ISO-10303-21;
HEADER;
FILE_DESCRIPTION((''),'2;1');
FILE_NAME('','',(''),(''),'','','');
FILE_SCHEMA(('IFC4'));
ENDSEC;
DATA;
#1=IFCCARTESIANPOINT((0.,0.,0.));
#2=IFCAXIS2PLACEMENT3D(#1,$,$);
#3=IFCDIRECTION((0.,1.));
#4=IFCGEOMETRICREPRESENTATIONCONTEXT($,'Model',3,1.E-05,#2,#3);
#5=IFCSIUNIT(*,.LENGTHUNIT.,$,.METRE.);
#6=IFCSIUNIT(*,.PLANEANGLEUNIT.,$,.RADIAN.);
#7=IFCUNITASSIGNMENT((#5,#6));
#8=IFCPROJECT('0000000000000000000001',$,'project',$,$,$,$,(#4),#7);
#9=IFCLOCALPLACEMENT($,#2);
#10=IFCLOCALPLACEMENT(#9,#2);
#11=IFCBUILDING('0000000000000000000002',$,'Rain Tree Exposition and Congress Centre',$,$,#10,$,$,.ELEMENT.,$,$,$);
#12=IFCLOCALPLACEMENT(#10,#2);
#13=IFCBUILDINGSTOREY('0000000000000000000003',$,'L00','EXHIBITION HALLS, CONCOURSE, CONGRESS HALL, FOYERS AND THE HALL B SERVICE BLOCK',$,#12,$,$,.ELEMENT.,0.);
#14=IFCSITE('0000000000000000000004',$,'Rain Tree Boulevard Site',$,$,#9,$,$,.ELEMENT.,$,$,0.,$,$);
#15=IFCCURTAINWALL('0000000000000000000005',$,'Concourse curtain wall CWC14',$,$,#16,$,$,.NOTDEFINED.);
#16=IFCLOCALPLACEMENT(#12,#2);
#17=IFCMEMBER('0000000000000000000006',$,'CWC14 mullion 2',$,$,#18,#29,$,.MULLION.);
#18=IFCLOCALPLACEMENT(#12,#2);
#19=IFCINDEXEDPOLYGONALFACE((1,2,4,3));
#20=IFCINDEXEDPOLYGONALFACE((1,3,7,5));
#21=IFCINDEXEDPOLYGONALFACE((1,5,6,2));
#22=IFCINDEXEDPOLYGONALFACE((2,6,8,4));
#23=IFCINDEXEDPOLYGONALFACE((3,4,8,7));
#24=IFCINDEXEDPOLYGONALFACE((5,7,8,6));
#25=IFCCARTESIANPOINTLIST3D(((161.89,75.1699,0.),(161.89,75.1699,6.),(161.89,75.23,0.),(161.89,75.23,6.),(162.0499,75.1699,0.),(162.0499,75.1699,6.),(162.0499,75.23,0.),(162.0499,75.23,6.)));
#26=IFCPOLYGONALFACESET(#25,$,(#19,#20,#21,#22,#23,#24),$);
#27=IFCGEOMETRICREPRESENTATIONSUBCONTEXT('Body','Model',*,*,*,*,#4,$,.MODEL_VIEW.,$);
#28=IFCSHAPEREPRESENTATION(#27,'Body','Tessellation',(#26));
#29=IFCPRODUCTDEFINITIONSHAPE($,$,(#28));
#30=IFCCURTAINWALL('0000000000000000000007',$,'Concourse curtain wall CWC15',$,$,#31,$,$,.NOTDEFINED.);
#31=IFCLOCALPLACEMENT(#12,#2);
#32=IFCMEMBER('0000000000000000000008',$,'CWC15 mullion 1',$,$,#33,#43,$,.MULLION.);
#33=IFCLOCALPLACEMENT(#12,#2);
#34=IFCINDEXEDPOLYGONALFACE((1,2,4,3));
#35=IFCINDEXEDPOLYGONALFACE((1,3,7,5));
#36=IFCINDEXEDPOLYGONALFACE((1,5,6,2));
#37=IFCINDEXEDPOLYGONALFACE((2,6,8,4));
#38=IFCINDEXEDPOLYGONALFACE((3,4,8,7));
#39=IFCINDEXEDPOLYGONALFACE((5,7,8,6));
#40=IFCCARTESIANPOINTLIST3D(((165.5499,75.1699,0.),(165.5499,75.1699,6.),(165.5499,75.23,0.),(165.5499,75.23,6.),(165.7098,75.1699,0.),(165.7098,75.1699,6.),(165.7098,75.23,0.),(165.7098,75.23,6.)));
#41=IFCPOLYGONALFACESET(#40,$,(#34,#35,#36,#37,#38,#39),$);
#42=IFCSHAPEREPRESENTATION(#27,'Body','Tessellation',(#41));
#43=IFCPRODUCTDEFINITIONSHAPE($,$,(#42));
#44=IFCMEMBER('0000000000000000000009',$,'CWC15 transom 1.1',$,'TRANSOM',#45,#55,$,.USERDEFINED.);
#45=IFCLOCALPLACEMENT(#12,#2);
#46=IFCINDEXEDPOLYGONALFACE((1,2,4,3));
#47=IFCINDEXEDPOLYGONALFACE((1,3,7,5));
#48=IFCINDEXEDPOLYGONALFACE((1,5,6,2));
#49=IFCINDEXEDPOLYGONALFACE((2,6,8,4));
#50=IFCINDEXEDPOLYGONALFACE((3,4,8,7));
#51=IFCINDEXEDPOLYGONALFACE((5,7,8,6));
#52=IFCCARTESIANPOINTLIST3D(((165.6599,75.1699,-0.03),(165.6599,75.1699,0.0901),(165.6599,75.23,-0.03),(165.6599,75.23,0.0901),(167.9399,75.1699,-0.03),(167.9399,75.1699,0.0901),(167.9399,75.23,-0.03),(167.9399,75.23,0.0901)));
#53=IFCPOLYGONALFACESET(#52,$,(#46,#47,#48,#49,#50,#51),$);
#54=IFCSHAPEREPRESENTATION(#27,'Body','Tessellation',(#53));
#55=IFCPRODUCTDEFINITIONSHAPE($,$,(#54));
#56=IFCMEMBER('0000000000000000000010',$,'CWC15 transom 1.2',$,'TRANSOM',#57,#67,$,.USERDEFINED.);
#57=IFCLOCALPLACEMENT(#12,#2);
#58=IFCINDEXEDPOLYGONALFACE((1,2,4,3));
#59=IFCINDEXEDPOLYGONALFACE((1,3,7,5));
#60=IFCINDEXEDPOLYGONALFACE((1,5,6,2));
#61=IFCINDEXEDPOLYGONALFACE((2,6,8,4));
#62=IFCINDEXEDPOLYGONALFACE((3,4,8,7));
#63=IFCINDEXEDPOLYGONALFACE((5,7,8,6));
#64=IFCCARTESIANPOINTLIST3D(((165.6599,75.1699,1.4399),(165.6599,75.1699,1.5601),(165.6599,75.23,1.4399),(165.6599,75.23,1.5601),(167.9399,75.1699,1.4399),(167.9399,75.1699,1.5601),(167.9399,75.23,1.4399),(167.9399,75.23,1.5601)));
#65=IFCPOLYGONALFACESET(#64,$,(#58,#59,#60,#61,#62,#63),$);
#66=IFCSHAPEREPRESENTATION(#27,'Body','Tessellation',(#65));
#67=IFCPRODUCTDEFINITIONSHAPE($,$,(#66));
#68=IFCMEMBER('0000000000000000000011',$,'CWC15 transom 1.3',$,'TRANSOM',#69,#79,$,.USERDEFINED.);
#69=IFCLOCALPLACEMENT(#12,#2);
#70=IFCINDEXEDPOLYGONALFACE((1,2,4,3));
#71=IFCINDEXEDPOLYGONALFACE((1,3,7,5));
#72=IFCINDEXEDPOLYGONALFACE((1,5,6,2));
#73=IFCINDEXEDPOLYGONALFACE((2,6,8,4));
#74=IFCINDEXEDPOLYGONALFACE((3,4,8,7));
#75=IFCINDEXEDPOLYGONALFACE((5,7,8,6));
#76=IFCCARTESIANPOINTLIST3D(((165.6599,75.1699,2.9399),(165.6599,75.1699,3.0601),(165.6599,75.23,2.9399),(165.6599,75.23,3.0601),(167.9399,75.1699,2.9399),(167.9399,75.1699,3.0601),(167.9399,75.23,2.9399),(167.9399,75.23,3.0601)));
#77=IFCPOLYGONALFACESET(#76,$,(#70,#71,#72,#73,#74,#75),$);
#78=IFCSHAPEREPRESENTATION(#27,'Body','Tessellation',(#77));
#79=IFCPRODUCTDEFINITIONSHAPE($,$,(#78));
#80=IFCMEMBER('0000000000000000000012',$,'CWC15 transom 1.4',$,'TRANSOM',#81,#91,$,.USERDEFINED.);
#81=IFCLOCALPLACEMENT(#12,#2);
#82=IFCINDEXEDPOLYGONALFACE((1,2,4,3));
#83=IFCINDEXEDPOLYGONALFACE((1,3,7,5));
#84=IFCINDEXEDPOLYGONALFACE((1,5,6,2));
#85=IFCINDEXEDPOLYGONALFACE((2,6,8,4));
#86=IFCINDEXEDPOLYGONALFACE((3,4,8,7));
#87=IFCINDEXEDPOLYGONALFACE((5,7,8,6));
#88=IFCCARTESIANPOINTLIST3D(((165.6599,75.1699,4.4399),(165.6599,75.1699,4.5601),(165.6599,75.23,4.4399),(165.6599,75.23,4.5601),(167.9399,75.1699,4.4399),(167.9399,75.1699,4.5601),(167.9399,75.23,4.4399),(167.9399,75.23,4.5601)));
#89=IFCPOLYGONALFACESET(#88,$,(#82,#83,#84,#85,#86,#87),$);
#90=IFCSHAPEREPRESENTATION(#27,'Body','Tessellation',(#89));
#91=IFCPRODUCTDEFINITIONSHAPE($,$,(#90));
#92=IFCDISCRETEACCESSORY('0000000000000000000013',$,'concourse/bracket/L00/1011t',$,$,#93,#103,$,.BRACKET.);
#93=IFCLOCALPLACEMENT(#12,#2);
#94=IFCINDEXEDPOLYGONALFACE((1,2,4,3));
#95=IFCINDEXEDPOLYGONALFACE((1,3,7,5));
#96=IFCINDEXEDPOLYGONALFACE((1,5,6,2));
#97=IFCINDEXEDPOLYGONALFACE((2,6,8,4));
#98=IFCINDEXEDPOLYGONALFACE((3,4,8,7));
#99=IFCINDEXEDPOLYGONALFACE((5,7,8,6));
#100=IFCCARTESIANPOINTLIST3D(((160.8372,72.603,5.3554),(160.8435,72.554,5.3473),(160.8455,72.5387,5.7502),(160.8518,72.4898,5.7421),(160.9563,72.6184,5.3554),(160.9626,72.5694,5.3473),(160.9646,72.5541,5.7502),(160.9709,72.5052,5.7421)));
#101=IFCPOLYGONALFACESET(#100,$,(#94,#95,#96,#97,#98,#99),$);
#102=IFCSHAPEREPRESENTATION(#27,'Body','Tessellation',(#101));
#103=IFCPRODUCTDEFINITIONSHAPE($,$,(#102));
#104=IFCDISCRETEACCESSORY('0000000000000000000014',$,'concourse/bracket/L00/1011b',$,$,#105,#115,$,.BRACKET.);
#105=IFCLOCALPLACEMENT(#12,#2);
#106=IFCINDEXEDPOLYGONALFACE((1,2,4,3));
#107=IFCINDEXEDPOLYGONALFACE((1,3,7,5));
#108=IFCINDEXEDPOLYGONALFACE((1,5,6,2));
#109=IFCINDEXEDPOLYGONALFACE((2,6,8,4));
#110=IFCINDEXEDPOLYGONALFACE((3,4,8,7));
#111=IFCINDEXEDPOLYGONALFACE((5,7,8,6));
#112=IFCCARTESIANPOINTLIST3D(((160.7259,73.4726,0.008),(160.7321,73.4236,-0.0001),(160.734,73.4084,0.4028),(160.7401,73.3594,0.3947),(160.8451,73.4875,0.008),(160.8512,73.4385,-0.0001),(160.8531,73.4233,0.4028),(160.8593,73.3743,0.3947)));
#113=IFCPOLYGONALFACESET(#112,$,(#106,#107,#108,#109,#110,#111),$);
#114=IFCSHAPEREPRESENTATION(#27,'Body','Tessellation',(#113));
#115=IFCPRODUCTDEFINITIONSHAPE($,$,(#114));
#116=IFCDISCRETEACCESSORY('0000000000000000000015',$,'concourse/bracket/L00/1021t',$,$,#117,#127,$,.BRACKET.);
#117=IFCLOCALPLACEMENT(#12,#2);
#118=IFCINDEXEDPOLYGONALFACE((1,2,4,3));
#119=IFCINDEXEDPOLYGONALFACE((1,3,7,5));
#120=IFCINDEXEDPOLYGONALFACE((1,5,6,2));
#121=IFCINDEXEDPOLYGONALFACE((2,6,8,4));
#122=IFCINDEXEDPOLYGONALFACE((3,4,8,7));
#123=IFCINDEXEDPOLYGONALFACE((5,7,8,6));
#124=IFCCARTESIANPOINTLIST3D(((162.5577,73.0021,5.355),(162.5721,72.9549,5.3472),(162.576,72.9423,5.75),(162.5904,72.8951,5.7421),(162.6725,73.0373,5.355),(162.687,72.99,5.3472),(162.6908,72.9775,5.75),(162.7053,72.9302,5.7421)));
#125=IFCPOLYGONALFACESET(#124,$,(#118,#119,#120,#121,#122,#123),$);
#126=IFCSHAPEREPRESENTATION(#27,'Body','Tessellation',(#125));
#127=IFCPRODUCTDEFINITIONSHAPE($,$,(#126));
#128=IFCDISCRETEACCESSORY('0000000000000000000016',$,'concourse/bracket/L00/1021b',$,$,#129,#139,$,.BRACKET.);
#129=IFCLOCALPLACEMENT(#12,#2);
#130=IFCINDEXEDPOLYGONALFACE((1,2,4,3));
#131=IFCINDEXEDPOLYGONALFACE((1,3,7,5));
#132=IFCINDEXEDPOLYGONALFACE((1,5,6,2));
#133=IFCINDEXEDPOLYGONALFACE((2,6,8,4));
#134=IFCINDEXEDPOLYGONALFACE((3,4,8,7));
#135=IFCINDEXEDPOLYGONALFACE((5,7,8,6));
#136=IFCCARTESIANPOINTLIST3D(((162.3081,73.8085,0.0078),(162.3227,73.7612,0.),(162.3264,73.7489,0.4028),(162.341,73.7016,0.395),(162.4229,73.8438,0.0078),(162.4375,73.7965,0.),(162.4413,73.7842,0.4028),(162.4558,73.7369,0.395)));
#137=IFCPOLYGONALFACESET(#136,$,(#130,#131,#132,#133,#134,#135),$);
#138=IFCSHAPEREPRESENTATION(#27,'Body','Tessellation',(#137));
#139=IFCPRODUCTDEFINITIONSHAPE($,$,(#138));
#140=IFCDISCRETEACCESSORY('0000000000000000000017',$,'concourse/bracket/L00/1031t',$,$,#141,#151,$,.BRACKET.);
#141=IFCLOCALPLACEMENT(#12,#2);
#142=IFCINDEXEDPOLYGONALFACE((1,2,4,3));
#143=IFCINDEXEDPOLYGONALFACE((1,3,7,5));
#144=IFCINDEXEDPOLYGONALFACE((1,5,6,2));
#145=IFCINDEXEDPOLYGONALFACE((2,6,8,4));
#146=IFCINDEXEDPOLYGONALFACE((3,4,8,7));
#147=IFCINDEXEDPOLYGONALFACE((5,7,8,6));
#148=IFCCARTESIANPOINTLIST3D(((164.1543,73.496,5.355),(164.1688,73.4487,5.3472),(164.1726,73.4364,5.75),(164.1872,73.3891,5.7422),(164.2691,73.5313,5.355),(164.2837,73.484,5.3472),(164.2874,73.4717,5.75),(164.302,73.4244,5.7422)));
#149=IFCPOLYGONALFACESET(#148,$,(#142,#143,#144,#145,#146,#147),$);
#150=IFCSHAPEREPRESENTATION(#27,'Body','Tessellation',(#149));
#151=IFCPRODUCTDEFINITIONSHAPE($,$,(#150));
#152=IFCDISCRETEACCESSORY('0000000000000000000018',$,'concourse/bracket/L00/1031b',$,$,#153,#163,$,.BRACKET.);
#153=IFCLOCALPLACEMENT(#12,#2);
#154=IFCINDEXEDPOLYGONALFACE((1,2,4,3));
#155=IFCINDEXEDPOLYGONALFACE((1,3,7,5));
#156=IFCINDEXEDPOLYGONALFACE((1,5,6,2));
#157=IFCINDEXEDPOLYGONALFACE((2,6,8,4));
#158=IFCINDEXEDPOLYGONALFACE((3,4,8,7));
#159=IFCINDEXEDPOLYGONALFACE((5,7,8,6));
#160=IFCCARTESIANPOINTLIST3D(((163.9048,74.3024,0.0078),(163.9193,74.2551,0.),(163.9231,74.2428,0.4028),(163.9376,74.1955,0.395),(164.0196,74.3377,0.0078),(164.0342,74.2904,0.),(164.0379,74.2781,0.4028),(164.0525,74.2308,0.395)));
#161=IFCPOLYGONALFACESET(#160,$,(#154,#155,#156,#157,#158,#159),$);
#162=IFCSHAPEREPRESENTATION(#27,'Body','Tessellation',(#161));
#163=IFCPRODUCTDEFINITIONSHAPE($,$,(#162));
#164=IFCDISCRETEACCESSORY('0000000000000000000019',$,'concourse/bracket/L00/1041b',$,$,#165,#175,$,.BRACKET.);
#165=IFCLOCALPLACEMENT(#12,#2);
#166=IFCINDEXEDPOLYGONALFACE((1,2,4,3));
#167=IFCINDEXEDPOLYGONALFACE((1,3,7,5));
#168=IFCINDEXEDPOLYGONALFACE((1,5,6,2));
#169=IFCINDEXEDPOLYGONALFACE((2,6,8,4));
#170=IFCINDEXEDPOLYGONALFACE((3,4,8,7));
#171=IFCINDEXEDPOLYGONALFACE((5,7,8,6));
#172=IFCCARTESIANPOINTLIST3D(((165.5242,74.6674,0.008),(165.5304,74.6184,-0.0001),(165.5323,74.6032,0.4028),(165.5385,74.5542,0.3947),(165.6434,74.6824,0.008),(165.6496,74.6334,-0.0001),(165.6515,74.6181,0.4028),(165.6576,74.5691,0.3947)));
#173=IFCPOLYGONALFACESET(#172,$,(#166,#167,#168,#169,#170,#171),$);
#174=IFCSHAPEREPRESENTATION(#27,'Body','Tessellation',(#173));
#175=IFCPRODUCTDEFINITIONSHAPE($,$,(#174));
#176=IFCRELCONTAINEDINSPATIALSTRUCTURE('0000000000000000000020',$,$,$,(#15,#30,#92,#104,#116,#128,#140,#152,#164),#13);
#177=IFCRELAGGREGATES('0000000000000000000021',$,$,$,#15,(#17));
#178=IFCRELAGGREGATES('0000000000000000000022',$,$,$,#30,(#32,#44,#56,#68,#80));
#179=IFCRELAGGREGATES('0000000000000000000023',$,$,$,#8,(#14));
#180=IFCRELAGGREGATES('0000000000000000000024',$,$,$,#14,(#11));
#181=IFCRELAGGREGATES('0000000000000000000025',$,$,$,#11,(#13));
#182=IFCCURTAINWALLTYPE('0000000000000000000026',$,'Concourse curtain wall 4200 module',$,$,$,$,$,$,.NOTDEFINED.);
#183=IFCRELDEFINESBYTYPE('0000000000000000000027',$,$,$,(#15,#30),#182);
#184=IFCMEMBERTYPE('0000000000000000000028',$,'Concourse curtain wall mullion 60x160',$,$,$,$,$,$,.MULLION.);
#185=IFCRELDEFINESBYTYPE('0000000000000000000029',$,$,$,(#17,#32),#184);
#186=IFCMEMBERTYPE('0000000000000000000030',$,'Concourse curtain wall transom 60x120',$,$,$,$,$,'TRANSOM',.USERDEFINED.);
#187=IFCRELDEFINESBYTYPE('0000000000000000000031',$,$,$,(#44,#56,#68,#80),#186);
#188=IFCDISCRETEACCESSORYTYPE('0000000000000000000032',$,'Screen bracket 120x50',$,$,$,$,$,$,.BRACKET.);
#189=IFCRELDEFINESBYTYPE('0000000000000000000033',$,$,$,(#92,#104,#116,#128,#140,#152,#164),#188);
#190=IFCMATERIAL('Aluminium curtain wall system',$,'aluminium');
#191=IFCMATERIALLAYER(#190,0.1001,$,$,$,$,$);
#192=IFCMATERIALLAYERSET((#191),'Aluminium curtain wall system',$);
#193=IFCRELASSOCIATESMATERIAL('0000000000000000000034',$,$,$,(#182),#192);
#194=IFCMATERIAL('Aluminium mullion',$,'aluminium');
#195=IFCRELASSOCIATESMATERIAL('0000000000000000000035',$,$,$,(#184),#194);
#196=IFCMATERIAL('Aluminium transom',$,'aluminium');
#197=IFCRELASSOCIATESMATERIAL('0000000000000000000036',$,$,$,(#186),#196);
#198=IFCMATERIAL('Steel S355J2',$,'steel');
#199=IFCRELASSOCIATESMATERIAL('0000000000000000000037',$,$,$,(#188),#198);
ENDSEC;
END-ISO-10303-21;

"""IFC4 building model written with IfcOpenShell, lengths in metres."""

from ifc_helpers import new_model, si_unit, direction, frame, origin, origin_2d, place, context, subcontext, project, spatial, rectangle, extrude, material, layer, layer_set, material_profile, profile_set, type_object, element, aggregate, save


model = new_model("IFC4")

# Units and contexts
model_context = context("Model", 3, precision=1e-05, world=origin(), true_north=direction((0.0, 1.0)))
body_context = subcontext(model_context, "Body", "Model", "MODEL_VIEW")
ifc_project = project(units=[si_unit("LENGTHUNIT", "METRE"), si_unit("PLANEANGLEUNIT", "RADIAN")], contexts=[model_context])

# Site, building, storey
site_placement = place(None, origin())
site = spatial("IfcSite", under=ifc_project, at=site_placement, Name="Rain Tree Boulevard Site", CompositionType="ELEMENT", RefElevation=0.0)
building_placement = place(site_placement, origin())
building = spatial("IfcBuilding", under=site, at=building_placement, Name="Rain Tree Exposition and Congress Centre", CompositionType="ELEMENT")
storey_placement = place(building_placement, origin())
storey = spatial("IfcBuildingStorey", under=building, at=storey_placement, Name="L00", Description="EXHIBITION HALLS, CONCOURSE, CONGRESS HALL, FOYERS AND THE HALL B SERVICE BLOCK", CompositionType="ELEMENT", Elevation=0.0)

# Curtain wall, member
ifc_material_1 = material(Name="Aluminium curtain wall system", Category="aluminium")
ifc_layer_1 = layer(ifc_material_1, 0.1001)
ifc_layer_set_1 = layer_set([ifc_layer_1], Name="Aluminium curtain wall system")
curtain_wall_type = type_object("IfcCurtainWallType", Name="Concourse curtain wall 4200 module", PredefinedType="NOTDEFINED", material=ifc_layer_set_1)
curtain_wall_1_placement = place(storey_placement, origin())
curtain_wall_1 = element("IfcCurtainWall", 1, at=curtain_wall_1_placement, inside=storey, type_object=curtain_wall_type, Name="Concourse curtain wall CWC14", PredefinedType="NOTDEFINED")
ifc_material_2 = material(Name="Aluminium mullion", Category="aluminium")
ifc_material_profile_1 = material_profile(ifc_material_2, rectangle(XDim=0.0601, YDim=0.1599, at=origin_2d()), Name="AL 60x160")
ifc_profile_set_1 = profile_set([ifc_material_profile_1], Name="Aluminium mullion")
member_type_1 = type_object("IfcMemberType", Name="Concourse curtain wall mullion 60x160", PredefinedType="MULLION", material=ifc_profile_set_1)
member_1_placement = place(storey_placement, frame((161.97, 75.2, 0.0), z_axis=(0.0, 0.0, 1.0), x_axis=(0.0, 1.0, 0.0)))
member_1 = element("IfcMember", 2, at=member_1_placement, type_object=member_type_1, Name="CWC14 mullion 2", PredefinedType="MULLION", context=body_context, shape_type="SweptSolid", body=[
    extrude(rectangle(XDim=0.0601, YDim=0.1599, at=origin_2d()), origin(), (0.0, 0.0, 1.0), 6.0),
])
aggregate(curtain_wall_1, [member_1])

# Curtain wall, members
curtain_wall_2_placement = place(storey_placement, origin())
curtain_wall_2 = element("IfcCurtainWall", 3, at=curtain_wall_2_placement, inside=storey, type_object=curtain_wall_type, Name="Concourse curtain wall CWC15", PredefinedType="NOTDEFINED")
member_2_placement = place(storey_placement, frame((165.6299, 75.2, 0.0), z_axis=(0.0, 0.0, 1.0), x_axis=(0.0, 1.0, 0.0)))
member_2 = element("IfcMember", 4, at=member_2_placement, type_object=member_type_1, Name="CWC15 mullion 1", PredefinedType="MULLION", context=body_context, shape_type="SweptSolid", body=[
    extrude(rectangle(XDim=0.0601, YDim=0.1599, at=origin_2d()), origin(), (0.0, 0.0, 1.0), 6.0),
])
ifc_material_3 = material(Name="Aluminium transom", Category="aluminium")
ifc_material_profile_2 = material_profile(ifc_material_3, rectangle(XDim=0.0601, YDim=0.1201, at=origin_2d()), Name="AL 60x120")
ifc_profile_set_2 = profile_set([ifc_material_profile_2], Name="Aluminium transom")
member_type_2 = type_object("IfcMemberType", Name="Concourse curtain wall transom 60x120", ElementType="TRANSOM", PredefinedType="USERDEFINED", material=ifc_profile_set_2)
member_3_placement = place(storey_placement, frame((165.6599, 75.2, 0.03), z_axis=(1.0, 0.0, 0.0), x_axis=(0.0, 1.0, 0.0)))
member_3 = element("IfcMember", 5, at=member_3_placement, type_object=member_type_2, Name="CWC15 transom 1.1", ObjectType="TRANSOM", PredefinedType="USERDEFINED", context=body_context, shape_type="SweptSolid", body=[
    extrude(rectangle(XDim=0.0601, YDim=0.1201, at=origin_2d()), origin(), (0.0, 0.0, 1.0), 2.28),
])
member_4_placement = place(storey_placement, frame((165.6599, 75.2, 1.5), z_axis=(1.0, 0.0, 0.0), x_axis=(0.0, 1.0, 0.0)))
member_4 = element("IfcMember", 6, at=member_4_placement, type_object=member_type_2, Name="CWC15 transom 1.2", ObjectType="TRANSOM", PredefinedType="USERDEFINED", context=body_context, shape_type="SweptSolid", body=[
    extrude(rectangle(XDim=0.0601, YDim=0.1201, at=origin_2d()), origin(), (0.0, 0.0, 1.0), 2.28),
])
member_5_placement = place(storey_placement, frame((165.6599, 75.2, 3.0), z_axis=(1.0, 0.0, 0.0), x_axis=(0.0, 1.0, 0.0)))
member_5 = element("IfcMember", 7, at=member_5_placement, type_object=member_type_2, Name="CWC15 transom 1.3", ObjectType="TRANSOM", PredefinedType="USERDEFINED", context=body_context, shape_type="SweptSolid", body=[
    extrude(rectangle(XDim=0.0601, YDim=0.1201, at=origin_2d()), origin(), (0.0, 0.0, 1.0), 2.28),
])
member_6_placement = place(storey_placement, frame((165.6599, 75.2, 4.5), z_axis=(1.0, 0.0, 0.0), x_axis=(0.0, 1.0, 0.0)))
member_6 = element("IfcMember", 8, at=member_6_placement, type_object=member_type_2, Name="CWC15 transom 1.4", ObjectType="TRANSOM", PredefinedType="USERDEFINED", context=body_context, shape_type="SweptSolid", body=[
    extrude(rectangle(XDim=0.0601, YDim=0.1201, at=origin_2d()), origin(), (0.0, 0.0, 1.0), 2.28),
])
aggregate(curtain_wall_2, [member_2, member_3, member_4, member_5, member_6])

# Discrete accessories
ifc_material_4 = material(Name="Steel S355J2", Category="steel")
ifc_material_profile_3 = material_profile(ifc_material_4, rectangle(XDim=0.1201, YDim=0.05, at=origin_2d()), Name="Flat bar 120x50")
ifc_profile_set_3 = profile_set([ifc_material_profile_3], Name="Steel S355J2")
discrete_accessory_type = type_object("IfcDiscreteAccessoryType", Name="Screen bracket 120x50", PredefinedType="BRACKET", material=ifc_profile_set_3)
for number, where, z_axis, x_axis, name in (
    (9, (160.8999, 72.5862, 5.3513), (0.020749, -0.160503, 0.986817), (0.991747, 0.128211, 0.0), "concourse/bracket/L00/1011t"),
    (10, (160.7886, 73.4556, 0.0039), (0.020139, -0.160505, 0.98683), (0.99222, 0.124499, 0.0), "concourse/bracket/L00/1011b"),
):
    element("IfcDiscreteAccessory", number, at=place(storey_placement, frame(where, z_axis=z_axis, x_axis=x_axis)), inside=storey, type_object=discrete_accessory_type, Name=name, PredefinedType="BRACKET", context=body_context, shape_type="SweptSolid", body=[
        extrude(rectangle(XDim=0.1201, YDim=0.05, at=origin_2d()), origin(), (0.0, 0.0, 1.0), 0.4001),
    ])
for number, where, z_axis, x_axis, name in (
    (11, (162.6223, 72.9961, 5.3511), (0.045783, -0.149558, 0.987692), (0.9562, 0.292714, 0.0), "concourse/bracket/L00/1021t"),
    (12, (162.3728, 73.8025, 0.0039), (0.045787, -0.148961, 0.987782), (0.955864, 0.293811, 0.0), "concourse/bracket/L00/1021b"),
    (13, (164.219, 73.49, 5.3511), (0.045787, -0.148961, 0.987782), (0.955864, 0.293811, 0.0), "concourse/bracket/L00/1031t"),
    (14, (163.9695, 74.2964, 0.0039), (0.045787, -0.148961, 0.987782), (0.955864, 0.293811, 0.0), "concourse/bracket/L00/1031b"),
):
    element("IfcDiscreteAccessory", number, at=place(storey_placement, frame(where, z_axis=z_axis, x_axis=x_axis)), inside=storey, type_object=discrete_accessory_type, Name=name, PredefinedType="BRACKET", context=body_context, shape_type="SweptSolid", body=[
        extrude(rectangle(XDim=0.1201, YDim=0.05, at=origin_2d()), origin(), (0.0, 0.0, 1.0), 0.3999),
    ])
discrete_accessory_placement = place(storey_placement, frame((165.5869, 74.6504, 0.0039), z_axis=(0.020139, -0.160505, 0.98683), x_axis=(0.99222, 0.124499, 0.0)))
element("IfcDiscreteAccessory", 15, at=discrete_accessory_placement, inside=storey, type_object=discrete_accessory_type, Name="concourse/bracket/L00/1041b", PredefinedType="BRACKET", context=body_context, shape_type="SweptSolid", body=[
    extrude(rectangle(XDim=0.1201, YDim=0.05, at=origin_2d()), origin(), (0.0, 0.0, 1.0), 0.4001),
])

save(model, "model.ifc")
